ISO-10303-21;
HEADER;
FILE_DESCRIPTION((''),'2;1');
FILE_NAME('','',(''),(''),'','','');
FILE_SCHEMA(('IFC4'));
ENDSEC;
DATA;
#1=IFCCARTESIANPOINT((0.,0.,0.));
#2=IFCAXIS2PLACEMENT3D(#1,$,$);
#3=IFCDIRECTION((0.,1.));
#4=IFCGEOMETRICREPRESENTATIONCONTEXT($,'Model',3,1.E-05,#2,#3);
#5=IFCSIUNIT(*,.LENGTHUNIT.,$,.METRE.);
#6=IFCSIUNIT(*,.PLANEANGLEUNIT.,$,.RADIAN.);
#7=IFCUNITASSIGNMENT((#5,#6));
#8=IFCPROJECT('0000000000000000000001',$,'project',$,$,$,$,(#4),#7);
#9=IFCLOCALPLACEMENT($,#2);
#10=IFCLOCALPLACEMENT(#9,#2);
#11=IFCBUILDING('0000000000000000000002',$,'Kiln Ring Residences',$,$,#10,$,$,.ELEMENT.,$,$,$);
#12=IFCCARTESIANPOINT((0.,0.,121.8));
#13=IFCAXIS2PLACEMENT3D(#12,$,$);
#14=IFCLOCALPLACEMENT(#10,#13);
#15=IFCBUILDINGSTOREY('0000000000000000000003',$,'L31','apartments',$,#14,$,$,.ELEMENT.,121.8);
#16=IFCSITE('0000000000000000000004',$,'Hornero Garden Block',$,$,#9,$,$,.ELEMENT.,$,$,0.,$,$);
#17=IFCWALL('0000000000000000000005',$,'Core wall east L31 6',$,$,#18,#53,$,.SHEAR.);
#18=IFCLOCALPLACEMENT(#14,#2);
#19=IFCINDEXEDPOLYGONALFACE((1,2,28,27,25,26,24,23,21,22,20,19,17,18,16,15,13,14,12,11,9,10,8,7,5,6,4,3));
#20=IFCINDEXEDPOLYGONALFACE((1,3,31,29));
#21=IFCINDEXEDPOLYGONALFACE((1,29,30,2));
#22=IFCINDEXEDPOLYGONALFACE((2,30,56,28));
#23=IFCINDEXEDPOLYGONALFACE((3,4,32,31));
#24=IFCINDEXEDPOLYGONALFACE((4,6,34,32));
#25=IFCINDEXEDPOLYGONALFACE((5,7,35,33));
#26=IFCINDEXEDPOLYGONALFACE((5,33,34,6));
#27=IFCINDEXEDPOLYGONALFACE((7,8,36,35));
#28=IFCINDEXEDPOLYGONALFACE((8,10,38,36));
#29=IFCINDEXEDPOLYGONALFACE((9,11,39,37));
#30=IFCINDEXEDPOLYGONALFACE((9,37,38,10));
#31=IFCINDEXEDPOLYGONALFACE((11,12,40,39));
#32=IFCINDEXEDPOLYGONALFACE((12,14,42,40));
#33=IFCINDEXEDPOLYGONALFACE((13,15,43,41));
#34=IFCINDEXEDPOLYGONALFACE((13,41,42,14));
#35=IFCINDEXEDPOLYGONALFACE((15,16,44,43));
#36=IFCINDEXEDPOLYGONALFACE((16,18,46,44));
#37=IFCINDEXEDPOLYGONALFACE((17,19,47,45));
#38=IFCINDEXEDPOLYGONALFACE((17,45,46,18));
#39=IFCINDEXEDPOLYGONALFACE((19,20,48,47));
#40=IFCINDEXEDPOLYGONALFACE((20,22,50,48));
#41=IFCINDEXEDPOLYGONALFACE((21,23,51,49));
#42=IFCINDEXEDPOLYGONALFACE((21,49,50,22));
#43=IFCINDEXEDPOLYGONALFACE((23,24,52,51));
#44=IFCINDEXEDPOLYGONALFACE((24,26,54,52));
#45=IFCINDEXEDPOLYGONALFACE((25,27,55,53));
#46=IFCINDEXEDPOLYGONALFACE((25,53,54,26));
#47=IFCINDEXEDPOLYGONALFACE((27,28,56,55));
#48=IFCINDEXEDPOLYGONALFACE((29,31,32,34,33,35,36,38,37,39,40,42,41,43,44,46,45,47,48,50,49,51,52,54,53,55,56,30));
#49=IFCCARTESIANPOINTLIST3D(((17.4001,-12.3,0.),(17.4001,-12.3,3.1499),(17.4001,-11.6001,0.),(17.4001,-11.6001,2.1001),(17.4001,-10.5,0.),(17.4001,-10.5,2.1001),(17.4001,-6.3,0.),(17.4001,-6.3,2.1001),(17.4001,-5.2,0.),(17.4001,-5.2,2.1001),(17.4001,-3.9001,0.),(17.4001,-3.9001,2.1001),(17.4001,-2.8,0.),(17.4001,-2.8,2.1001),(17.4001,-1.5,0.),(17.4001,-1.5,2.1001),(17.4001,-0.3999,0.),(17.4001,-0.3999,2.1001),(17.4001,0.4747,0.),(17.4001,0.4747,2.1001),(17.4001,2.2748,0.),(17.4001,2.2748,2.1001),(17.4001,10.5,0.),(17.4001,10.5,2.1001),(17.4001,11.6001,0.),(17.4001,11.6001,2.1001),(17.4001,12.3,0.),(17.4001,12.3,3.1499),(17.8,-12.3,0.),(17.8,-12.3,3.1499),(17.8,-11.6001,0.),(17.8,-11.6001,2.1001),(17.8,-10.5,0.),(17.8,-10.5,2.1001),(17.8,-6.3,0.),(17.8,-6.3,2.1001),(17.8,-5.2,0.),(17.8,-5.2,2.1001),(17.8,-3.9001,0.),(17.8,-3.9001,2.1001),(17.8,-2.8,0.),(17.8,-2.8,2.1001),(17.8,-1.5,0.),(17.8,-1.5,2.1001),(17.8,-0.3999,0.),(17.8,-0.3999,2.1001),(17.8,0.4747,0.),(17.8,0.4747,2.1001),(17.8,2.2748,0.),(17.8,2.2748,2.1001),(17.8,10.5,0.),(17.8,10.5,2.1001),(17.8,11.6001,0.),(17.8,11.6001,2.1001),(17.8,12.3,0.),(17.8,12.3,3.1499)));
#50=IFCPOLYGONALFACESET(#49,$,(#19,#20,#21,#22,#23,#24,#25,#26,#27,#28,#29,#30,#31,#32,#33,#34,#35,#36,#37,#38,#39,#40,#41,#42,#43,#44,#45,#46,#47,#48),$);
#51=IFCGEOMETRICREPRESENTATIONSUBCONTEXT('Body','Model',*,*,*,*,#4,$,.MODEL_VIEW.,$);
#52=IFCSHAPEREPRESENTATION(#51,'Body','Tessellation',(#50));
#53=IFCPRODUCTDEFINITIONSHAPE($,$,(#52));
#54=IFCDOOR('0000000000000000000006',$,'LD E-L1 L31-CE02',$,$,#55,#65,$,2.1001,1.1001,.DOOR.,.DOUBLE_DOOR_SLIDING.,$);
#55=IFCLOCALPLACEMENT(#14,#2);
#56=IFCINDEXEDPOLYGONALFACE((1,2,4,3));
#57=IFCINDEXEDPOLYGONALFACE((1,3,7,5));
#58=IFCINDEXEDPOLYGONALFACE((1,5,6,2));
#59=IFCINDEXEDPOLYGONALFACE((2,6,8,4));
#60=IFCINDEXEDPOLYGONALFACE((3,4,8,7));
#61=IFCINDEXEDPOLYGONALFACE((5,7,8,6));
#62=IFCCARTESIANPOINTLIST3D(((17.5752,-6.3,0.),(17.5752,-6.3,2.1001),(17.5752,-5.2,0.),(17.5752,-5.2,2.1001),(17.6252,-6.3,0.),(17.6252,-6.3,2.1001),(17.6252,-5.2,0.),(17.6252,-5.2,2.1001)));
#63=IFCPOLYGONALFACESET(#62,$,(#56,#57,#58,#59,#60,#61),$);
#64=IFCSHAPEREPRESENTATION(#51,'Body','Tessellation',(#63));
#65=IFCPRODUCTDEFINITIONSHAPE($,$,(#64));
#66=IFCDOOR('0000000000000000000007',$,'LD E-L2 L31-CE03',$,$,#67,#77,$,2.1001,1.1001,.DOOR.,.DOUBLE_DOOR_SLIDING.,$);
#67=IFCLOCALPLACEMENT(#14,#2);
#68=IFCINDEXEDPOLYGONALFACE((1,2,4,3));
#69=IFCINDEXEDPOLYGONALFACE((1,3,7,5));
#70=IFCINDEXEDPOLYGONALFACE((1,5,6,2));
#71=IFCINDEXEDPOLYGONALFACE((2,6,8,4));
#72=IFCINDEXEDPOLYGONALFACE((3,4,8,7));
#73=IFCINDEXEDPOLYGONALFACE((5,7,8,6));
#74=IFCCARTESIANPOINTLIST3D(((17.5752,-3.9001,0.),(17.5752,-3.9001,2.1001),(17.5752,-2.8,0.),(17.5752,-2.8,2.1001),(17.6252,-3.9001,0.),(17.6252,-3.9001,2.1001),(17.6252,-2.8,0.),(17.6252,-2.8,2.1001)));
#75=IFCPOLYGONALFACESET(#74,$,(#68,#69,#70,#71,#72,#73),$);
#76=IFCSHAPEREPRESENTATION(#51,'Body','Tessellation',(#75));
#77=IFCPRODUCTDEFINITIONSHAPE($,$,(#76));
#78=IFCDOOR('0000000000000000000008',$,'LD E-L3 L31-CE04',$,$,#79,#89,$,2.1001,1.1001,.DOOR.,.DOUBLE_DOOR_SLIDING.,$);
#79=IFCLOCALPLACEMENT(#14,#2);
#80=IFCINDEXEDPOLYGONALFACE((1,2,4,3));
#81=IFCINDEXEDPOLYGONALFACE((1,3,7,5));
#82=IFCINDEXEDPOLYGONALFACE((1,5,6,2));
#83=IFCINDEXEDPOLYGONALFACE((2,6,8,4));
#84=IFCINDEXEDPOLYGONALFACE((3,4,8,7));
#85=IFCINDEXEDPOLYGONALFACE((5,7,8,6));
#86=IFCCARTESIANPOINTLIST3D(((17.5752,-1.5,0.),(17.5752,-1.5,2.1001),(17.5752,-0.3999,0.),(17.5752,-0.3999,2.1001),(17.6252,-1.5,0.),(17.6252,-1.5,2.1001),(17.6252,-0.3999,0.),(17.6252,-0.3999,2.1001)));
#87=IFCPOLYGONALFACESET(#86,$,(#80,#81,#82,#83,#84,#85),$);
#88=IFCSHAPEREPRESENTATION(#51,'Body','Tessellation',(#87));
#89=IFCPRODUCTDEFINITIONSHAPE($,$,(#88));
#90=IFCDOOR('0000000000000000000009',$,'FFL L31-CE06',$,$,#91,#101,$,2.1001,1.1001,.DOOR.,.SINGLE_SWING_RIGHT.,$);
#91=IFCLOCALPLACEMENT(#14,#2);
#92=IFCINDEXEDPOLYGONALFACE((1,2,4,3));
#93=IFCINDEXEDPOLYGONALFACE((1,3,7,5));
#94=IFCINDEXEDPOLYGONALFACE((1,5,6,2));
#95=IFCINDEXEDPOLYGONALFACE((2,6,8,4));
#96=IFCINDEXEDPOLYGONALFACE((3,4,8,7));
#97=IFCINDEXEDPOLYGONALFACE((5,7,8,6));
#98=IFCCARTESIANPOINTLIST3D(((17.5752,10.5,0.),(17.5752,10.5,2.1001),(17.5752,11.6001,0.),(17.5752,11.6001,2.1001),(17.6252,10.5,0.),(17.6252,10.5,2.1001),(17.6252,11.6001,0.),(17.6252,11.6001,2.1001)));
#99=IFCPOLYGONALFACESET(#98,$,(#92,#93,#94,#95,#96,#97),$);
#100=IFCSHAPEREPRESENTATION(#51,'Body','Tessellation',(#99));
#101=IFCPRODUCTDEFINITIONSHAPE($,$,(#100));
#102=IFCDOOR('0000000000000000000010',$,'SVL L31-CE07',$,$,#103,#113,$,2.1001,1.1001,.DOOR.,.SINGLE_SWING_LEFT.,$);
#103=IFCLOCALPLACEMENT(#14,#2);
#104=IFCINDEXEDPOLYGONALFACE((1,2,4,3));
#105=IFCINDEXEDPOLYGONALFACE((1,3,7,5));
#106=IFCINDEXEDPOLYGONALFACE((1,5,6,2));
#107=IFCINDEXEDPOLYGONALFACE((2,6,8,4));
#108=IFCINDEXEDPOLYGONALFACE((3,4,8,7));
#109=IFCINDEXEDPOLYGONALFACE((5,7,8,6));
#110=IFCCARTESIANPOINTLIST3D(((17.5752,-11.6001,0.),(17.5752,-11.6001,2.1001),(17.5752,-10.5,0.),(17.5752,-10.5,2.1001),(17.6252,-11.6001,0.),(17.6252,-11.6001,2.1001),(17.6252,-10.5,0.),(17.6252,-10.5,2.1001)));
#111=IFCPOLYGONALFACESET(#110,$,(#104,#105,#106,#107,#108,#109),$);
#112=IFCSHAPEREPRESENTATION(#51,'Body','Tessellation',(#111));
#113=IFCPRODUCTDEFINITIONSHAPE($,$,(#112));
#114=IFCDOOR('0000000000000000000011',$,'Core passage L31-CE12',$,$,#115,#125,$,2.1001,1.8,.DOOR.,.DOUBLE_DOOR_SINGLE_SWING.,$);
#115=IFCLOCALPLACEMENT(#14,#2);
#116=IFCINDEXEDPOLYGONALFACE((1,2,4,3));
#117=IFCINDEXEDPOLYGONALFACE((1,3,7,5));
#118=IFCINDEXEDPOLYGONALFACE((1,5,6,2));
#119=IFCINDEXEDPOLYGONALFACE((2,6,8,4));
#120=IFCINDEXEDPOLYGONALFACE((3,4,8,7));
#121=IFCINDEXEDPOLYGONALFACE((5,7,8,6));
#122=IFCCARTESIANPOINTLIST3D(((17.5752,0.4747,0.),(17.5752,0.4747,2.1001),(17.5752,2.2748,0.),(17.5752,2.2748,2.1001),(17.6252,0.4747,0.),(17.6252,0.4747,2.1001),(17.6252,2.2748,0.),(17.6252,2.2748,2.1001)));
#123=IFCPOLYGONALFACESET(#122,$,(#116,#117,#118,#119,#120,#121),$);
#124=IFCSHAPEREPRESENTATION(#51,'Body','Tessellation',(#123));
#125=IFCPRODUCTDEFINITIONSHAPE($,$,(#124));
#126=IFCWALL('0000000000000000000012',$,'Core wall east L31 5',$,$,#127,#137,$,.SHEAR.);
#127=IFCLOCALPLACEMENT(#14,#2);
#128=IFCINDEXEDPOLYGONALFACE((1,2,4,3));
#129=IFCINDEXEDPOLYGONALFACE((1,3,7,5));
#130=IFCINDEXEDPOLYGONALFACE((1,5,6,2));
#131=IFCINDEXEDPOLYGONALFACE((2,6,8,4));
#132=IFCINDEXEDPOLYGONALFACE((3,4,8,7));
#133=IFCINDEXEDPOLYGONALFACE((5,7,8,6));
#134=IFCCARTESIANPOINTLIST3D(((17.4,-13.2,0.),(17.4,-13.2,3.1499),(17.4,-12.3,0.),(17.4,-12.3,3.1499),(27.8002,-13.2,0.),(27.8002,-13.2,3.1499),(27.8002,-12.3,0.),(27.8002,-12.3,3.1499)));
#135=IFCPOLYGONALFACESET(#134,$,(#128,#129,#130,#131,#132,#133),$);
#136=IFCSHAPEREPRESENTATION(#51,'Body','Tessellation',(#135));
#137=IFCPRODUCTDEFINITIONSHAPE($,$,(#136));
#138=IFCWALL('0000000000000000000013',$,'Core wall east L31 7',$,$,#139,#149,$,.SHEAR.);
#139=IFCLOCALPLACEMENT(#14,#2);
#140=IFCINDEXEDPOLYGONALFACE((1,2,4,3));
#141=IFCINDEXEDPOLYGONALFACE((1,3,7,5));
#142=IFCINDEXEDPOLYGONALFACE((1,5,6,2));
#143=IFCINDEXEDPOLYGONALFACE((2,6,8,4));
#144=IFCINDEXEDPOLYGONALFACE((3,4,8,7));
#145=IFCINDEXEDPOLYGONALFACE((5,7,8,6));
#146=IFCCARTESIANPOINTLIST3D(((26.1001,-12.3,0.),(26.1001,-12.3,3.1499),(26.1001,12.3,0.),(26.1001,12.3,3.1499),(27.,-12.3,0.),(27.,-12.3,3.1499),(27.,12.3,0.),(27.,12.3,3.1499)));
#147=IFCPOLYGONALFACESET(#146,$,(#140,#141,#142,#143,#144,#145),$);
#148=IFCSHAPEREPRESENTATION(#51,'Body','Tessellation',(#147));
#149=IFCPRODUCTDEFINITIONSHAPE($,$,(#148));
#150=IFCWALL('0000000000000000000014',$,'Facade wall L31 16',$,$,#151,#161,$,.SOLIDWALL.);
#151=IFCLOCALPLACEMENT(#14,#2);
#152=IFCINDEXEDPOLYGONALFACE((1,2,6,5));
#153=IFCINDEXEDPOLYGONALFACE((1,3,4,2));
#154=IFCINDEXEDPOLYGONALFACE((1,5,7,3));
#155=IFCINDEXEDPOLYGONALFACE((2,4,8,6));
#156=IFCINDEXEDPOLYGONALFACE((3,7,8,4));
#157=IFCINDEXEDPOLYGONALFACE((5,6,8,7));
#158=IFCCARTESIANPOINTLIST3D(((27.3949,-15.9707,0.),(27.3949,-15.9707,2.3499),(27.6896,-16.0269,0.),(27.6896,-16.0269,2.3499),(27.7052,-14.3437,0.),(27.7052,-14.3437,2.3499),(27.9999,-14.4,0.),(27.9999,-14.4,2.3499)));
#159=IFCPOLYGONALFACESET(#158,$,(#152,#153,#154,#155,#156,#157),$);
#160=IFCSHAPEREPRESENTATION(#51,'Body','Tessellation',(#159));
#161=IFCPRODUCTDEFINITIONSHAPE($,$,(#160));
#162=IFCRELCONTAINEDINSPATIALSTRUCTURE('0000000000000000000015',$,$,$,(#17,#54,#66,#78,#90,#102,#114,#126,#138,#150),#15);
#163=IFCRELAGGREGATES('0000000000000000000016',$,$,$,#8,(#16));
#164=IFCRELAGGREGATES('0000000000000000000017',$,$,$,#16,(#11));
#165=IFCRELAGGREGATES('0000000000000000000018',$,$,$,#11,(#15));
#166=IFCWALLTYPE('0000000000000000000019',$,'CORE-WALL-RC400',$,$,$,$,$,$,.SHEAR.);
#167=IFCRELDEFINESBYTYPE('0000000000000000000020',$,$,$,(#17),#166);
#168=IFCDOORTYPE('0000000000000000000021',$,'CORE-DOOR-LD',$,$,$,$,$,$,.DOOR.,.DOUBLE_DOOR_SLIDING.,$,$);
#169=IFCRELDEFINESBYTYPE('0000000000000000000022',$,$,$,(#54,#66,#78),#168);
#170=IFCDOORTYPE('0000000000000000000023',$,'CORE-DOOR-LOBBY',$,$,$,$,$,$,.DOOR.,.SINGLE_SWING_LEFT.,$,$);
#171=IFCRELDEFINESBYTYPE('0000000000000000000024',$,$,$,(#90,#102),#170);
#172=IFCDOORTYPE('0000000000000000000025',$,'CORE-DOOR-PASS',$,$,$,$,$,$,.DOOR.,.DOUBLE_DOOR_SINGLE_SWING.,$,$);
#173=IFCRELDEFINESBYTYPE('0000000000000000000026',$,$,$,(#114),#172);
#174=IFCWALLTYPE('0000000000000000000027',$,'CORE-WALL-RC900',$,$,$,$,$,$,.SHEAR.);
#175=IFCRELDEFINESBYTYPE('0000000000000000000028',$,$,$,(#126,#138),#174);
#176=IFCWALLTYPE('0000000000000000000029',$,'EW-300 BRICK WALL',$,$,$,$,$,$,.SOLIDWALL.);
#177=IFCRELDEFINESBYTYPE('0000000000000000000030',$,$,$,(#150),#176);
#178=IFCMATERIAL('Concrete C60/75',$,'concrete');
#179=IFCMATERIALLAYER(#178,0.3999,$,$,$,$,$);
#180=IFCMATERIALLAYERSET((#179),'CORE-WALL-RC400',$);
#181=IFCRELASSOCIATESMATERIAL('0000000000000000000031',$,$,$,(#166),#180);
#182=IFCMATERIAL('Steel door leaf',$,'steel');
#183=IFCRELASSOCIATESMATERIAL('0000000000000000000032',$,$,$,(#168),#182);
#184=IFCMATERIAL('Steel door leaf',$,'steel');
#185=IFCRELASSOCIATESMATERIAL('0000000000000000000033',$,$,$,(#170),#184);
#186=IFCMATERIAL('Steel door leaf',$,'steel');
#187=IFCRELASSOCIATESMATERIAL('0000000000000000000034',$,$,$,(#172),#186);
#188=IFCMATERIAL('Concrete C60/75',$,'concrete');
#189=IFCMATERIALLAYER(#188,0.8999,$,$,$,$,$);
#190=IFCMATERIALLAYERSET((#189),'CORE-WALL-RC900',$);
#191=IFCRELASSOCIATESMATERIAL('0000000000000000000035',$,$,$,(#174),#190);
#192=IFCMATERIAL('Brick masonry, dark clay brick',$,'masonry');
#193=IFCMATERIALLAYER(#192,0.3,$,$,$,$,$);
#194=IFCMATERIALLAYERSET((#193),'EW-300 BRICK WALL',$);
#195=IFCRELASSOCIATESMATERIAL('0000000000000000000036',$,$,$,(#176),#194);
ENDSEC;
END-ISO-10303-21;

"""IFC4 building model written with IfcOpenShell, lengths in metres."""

from ifc_helpers import new_model, si_unit, direction, frame, frame_2d, origin, place, context, subcontext, project, spatial, rectangle, extrude, material, layer, layer_set, type_object, element, fill, save


model = new_model("IFC4")

# Units and contexts
model_context = context("Model", 3, precision=1e-05, world=origin(), true_north=direction((0.0, 1.0)))
body_context = subcontext(model_context, "Body", "Model", "MODEL_VIEW")
ifc_project = project(units=[si_unit("LENGTHUNIT", "METRE"), si_unit("PLANEANGLEUNIT", "RADIAN")], contexts=[model_context])

# Site, building, storey
site_placement = place(None, origin())
site = spatial("IfcSite", under=ifc_project, at=site_placement, Name="Hornero Garden Block", CompositionType="ELEMENT", RefElevation=0.0)
building_placement = place(site_placement, origin())
building = spatial("IfcBuilding", under=site, at=building_placement, Name="Kiln Ring Residences", CompositionType="ELEMENT")
storey_placement = place(building_placement, frame((0.0, 0.0, 121.8)))
storey = spatial("IfcBuildingStorey", under=building, at=storey_placement, Name="L31", Description="apartments", CompositionType="ELEMENT", Elevation=121.8)

# Wall, openings, doors
ifc_material_1 = material(Name="Concrete C60/75", Category="concrete")
ifc_layer_1 = layer(ifc_material_1, 0.3999)
ifc_layer_set_1 = layer_set([ifc_layer_1], Name="CORE-WALL-RC400")
wall_type_1 = type_object("IfcWallType", Name="CORE-WALL-RC400", PredefinedType="SHEAR", material=ifc_layer_set_1)
wall_1_placement = place(storey_placement, frame((17.6001, -12.3, 0.0), z_axis=(0.0, 0.0, 1.0), x_axis=(0.0, 1.0, 0.0)))
wall_1 = element("IfcWall", 1, at=wall_1_placement, inside=storey, type_object=wall_type_1, Name="Core wall east L31 6", PredefinedType="SHEAR", context=body_context, shape_type="SweptSolid", body=[
    extrude(rectangle(XDim=24.6001, YDim=0.3999, at=frame_2d((12.3, 0.0))), origin(), (0.0, 0.0, 1.0), 3.1499),
])
opening_1_placement = place(wall_1_placement, frame((6.0, 0.0, 0.0)))
opening_1 = element("IfcOpeningElement", 2, at=opening_1_placement, cuts=wall_1, PredefinedType="OPENING", context=body_context, shape_type="SweptSolid", body=[
    extrude(rectangle(XDim=1.1001, YDim=2.1001, at=frame_2d((0.55, 1.05))), frame((0.0, 0.21, 0.0), z_axis=(0.0, -1.0, 0.0), x_axis=(1.0, 0.0, 0.0)), (0.0, 0.0, 1.0), 0.4199),
])
opening_2_placement = place(wall_1_placement, frame((8.3999, 0.0, 0.0)))
opening_2 = element("IfcOpeningElement", 3, at=opening_2_placement, cuts=wall_1, PredefinedType="OPENING", context=body_context, shape_type="SweptSolid", body=[
    extrude(rectangle(XDim=1.1001, YDim=2.1001, at=frame_2d((0.55, 1.05))), frame((0.0, 0.21, 0.0), z_axis=(0.0, -1.0, 0.0), x_axis=(1.0, 0.0, 0.0)), (0.0, 0.0, 1.0), 0.4199),
])
opening_3_placement = place(wall_1_placement, frame((10.8, 0.0, 0.0)))
opening_3 = element("IfcOpeningElement", 4, at=opening_3_placement, cuts=wall_1, PredefinedType="OPENING", context=body_context, shape_type="SweptSolid", body=[
    extrude(rectangle(XDim=1.1001, YDim=2.1001, at=frame_2d((0.55, 1.05))), frame((0.0, 0.21, 0.0), z_axis=(0.0, -1.0, 0.0), x_axis=(1.0, 0.0, 0.0)), (0.0, 0.0, 1.0), 0.4199),
])
opening_4_placement = place(wall_1_placement, frame((22.8, 0.0, 0.0)))
opening_4 = element("IfcOpeningElement", 5, at=opening_4_placement, cuts=wall_1, PredefinedType="OPENING", context=body_context, shape_type="SweptSolid", body=[
    extrude(rectangle(XDim=1.1001, YDim=2.1001, at=frame_2d((0.55, 1.05))), frame((0.0, 0.21, 0.0), z_axis=(0.0, -1.0, 0.0), x_axis=(1.0, 0.0, 0.0)), (0.0, 0.0, 1.0), 0.4199),
])
opening_5_placement = place(wall_1_placement, frame((0.7, 0.0, 0.0)))
opening_5 = element("IfcOpeningElement", 6, at=opening_5_placement, cuts=wall_1, PredefinedType="OPENING", context=body_context, shape_type="SweptSolid", body=[
    extrude(rectangle(XDim=1.1001, YDim=2.1001, at=frame_2d((0.55, 1.05))), frame((0.0, 0.21, 0.0), z_axis=(0.0, -1.0, 0.0), x_axis=(1.0, 0.0, 0.0)), (0.0, 0.0, 1.0), 0.4199),
])
opening_6_placement = place(wall_1_placement, frame((12.7749, 0.0, 0.0)))
opening_6 = element("IfcOpeningElement", 7, at=opening_6_placement, cuts=wall_1, PredefinedType="OPENING", context=body_context, shape_type="SweptSolid", body=[
    extrude(rectangle(XDim=1.8, YDim=2.1001, at=frame_2d((0.8999, 1.05))), frame((0.0, 0.21, 0.0), z_axis=(0.0, -1.0, 0.0), x_axis=(1.0, 0.0, 0.0)), (0.0, 0.0, 1.0), 0.4199),
])
ifc_material_2 = material(Name="Steel door leaf", Category="steel")
door_type_1 = type_object("IfcDoorType", Name="CORE-DOOR-LD", OperationType="DOUBLE_DOOR_SLIDING", PredefinedType="DOOR", material=ifc_material_2)
door_1_placement = place(opening_1_placement, origin())
door_1 = element("IfcDoor", 8, at=door_1_placement, inside=storey, type_object=door_type_1, Name="LD E-L1 L31-CE02", OperationType="DOUBLE_DOOR_SLIDING", OverallHeight=2.1001, OverallWidth=1.1001, PredefinedType="DOOR", context=body_context, shape_type="SweptSolid", body=[
    extrude(rectangle(XDim=1.1001, YDim=2.1001, at=frame_2d((0.55, 1.05))), frame((0.0, 0.0249, 0.0), z_axis=(0.0, -1.0, 0.0), x_axis=(1.0, 0.0, 0.0)), (0.0, 0.0, 1.0), 0.05),
])
fill(opening_1, door_1)
door_2_placement = place(opening_2_placement, origin())
door_2 = element("IfcDoor", 9, at=door_2_placement, inside=storey, type_object=door_type_1, Name="LD E-L2 L31-CE03", OperationType="DOUBLE_DOOR_SLIDING", OverallHeight=2.1001, OverallWidth=1.1001, PredefinedType="DOOR", context=body_context, shape_type="SweptSolid", body=[
    extrude(rectangle(XDim=1.1001, YDim=2.1001, at=frame_2d((0.55, 1.05))), frame((0.0, 0.0249, 0.0), z_axis=(0.0, -1.0, 0.0), x_axis=(1.0, 0.0, 0.0)), (0.0, 0.0, 1.0), 0.05),
])
fill(opening_2, door_2)
door_3_placement = place(opening_3_placement, origin())
door_3 = element("IfcDoor", 10, at=door_3_placement, inside=storey, type_object=door_type_1, Name="LD E-L3 L31-CE04", OperationType="DOUBLE_DOOR_SLIDING", OverallHeight=2.1001, OverallWidth=1.1001, PredefinedType="DOOR", context=body_context, shape_type="SweptSolid", body=[
    extrude(rectangle(XDim=1.1001, YDim=2.1001, at=frame_2d((0.55, 1.05))), frame((0.0, 0.0249, 0.0), z_axis=(0.0, -1.0, 0.0), x_axis=(1.0, 0.0, 0.0)), (0.0, 0.0, 1.0), 0.05),
])
fill(opening_3, door_3)
ifc_material_3 = material(Name="Steel door leaf", Category="steel")
door_type_2 = type_object("IfcDoorType", Name="CORE-DOOR-LOBBY", OperationType="SINGLE_SWING_LEFT", PredefinedType="DOOR", material=ifc_material_3)
door_4_placement = place(opening_4_placement, origin())
door_4 = element("IfcDoor", 11, at=door_4_placement, inside=storey, type_object=door_type_2, Name="FFL L31-CE06", OperationType="SINGLE_SWING_RIGHT", OverallHeight=2.1001, OverallWidth=1.1001, PredefinedType="DOOR", context=body_context, shape_type="SweptSolid", body=[
    extrude(rectangle(XDim=1.1001, YDim=2.1001, at=frame_2d((0.55, 1.05))), frame((0.0, 0.0249, 0.0), z_axis=(0.0, -1.0, 0.0), x_axis=(1.0, 0.0, 0.0)), (0.0, 0.0, 1.0), 0.05),
])
fill(opening_4, door_4)
door_5_placement = place(opening_5_placement, origin())
door_5 = element("IfcDoor", 12, at=door_5_placement, inside=storey, type_object=door_type_2, Name="SVL L31-CE07", OperationType="SINGLE_SWING_LEFT", OverallHeight=2.1001, OverallWidth=1.1001, PredefinedType="DOOR", context=body_context, shape_type="SweptSolid", body=[
    extrude(rectangle(XDim=1.1001, YDim=2.1001, at=frame_2d((0.55, 1.05))), frame((0.0, 0.0249, 0.0), z_axis=(0.0, -1.0, 0.0), x_axis=(1.0, 0.0, 0.0)), (0.0, 0.0, 1.0), 0.05),
])
fill(opening_5, door_5)
ifc_material_4 = material(Name="Steel door leaf", Category="steel")
door_type_3 = type_object("IfcDoorType", Name="CORE-DOOR-PASS", OperationType="DOUBLE_DOOR_SINGLE_SWING", PredefinedType="DOOR", material=ifc_material_4)
door_6_placement = place(opening_6_placement, origin())
door_6 = element("IfcDoor", 13, at=door_6_placement, inside=storey, type_object=door_type_3, Name="Core passage L31-CE12", OperationType="DOUBLE_DOOR_SINGLE_SWING", OverallHeight=2.1001, OverallWidth=1.8, PredefinedType="DOOR", context=body_context, shape_type="SweptSolid", body=[
    extrude(rectangle(XDim=1.8, YDim=2.1001, at=frame_2d((0.8999, 1.05))), frame((0.0, 0.0249, 0.0), z_axis=(0.0, -1.0, 0.0), x_axis=(1.0, 0.0, 0.0)), (0.0, 0.0, 1.0), 0.05),
])
fill(opening_6, door_6)

# Walls
ifc_material_5 = material(Name="Concrete C60/75", Category="concrete")
ifc_layer_2 = layer(ifc_material_5, 0.8999)
ifc_layer_set_2 = layer_set([ifc_layer_2], Name="CORE-WALL-RC900")
wall_type_2 = type_object("IfcWallType", Name="CORE-WALL-RC900", PredefinedType="SHEAR", material=ifc_layer_set_2)
wall_2_placement = place(storey_placement, frame((17.3999, -12.75, 0.0), z_axis=(0.0, 0.0, 1.0), x_axis=(1.0, 0.0, 0.0)))
element("IfcWall", 14, at=wall_2_placement, inside=storey, type_object=wall_type_2, Name="Core wall east L31 5", PredefinedType="SHEAR", context=body_context, shape_type="SweptSolid", body=[
    extrude(rectangle(XDim=10.4001, YDim=0.8999, at=frame_2d((5.2002, 0.0))), origin(), (0.0, 0.0, 1.0), 3.1499),
])
wall_3_placement = place(storey_placement, frame((26.55, -12.3, 0.0), z_axis=(0.0, 0.0, 1.0), x_axis=(0.0, 1.0, 0.0)))
element("IfcWall", 15, at=wall_3_placement, inside=storey, type_object=wall_type_2, Name="Core wall east L31 7", PredefinedType="SHEAR", context=body_context, shape_type="SweptSolid", body=[
    extrude(rectangle(XDim=24.6001, YDim=0.8999, at=frame_2d((12.3, 0.0))), origin(), (0.0, 0.0, 1.0), 3.1499),
])
ifc_material_6 = material(Name="Brick masonry, dark clay brick", Category="masonry")
ifc_layer_3 = layer(ifc_material_6, 0.3)
ifc_layer_set_3 = layer_set([ifc_layer_3], Name="EW-300 BRICK WALL")
wall_type_3 = type_object("IfcWallType", Name="EW-300 BRICK WALL", PredefinedType="SOLIDWALL", material=ifc_layer_set_3)
wall_4_placement = place(storey_placement, frame((27.5422, -15.9988, 0.0), z_axis=(0.0, 0.0, 1.0), x_axis=(0.187349, 0.982293, 0.0)))
element("IfcWall", 16, at=wall_4_placement, inside=storey, type_object=wall_type_3, Name="Facade wall L31 16", PredefinedType="SOLIDWALL", context=body_context, shape_type="SweptSolid", body=[
    extrude(rectangle(XDim=1.6562, YDim=0.3, at=frame_2d((0.8281, 0.0))), origin(), (0.0, 0.0, 1.0), 2.3499),
])

save(model, "model.ifc")
